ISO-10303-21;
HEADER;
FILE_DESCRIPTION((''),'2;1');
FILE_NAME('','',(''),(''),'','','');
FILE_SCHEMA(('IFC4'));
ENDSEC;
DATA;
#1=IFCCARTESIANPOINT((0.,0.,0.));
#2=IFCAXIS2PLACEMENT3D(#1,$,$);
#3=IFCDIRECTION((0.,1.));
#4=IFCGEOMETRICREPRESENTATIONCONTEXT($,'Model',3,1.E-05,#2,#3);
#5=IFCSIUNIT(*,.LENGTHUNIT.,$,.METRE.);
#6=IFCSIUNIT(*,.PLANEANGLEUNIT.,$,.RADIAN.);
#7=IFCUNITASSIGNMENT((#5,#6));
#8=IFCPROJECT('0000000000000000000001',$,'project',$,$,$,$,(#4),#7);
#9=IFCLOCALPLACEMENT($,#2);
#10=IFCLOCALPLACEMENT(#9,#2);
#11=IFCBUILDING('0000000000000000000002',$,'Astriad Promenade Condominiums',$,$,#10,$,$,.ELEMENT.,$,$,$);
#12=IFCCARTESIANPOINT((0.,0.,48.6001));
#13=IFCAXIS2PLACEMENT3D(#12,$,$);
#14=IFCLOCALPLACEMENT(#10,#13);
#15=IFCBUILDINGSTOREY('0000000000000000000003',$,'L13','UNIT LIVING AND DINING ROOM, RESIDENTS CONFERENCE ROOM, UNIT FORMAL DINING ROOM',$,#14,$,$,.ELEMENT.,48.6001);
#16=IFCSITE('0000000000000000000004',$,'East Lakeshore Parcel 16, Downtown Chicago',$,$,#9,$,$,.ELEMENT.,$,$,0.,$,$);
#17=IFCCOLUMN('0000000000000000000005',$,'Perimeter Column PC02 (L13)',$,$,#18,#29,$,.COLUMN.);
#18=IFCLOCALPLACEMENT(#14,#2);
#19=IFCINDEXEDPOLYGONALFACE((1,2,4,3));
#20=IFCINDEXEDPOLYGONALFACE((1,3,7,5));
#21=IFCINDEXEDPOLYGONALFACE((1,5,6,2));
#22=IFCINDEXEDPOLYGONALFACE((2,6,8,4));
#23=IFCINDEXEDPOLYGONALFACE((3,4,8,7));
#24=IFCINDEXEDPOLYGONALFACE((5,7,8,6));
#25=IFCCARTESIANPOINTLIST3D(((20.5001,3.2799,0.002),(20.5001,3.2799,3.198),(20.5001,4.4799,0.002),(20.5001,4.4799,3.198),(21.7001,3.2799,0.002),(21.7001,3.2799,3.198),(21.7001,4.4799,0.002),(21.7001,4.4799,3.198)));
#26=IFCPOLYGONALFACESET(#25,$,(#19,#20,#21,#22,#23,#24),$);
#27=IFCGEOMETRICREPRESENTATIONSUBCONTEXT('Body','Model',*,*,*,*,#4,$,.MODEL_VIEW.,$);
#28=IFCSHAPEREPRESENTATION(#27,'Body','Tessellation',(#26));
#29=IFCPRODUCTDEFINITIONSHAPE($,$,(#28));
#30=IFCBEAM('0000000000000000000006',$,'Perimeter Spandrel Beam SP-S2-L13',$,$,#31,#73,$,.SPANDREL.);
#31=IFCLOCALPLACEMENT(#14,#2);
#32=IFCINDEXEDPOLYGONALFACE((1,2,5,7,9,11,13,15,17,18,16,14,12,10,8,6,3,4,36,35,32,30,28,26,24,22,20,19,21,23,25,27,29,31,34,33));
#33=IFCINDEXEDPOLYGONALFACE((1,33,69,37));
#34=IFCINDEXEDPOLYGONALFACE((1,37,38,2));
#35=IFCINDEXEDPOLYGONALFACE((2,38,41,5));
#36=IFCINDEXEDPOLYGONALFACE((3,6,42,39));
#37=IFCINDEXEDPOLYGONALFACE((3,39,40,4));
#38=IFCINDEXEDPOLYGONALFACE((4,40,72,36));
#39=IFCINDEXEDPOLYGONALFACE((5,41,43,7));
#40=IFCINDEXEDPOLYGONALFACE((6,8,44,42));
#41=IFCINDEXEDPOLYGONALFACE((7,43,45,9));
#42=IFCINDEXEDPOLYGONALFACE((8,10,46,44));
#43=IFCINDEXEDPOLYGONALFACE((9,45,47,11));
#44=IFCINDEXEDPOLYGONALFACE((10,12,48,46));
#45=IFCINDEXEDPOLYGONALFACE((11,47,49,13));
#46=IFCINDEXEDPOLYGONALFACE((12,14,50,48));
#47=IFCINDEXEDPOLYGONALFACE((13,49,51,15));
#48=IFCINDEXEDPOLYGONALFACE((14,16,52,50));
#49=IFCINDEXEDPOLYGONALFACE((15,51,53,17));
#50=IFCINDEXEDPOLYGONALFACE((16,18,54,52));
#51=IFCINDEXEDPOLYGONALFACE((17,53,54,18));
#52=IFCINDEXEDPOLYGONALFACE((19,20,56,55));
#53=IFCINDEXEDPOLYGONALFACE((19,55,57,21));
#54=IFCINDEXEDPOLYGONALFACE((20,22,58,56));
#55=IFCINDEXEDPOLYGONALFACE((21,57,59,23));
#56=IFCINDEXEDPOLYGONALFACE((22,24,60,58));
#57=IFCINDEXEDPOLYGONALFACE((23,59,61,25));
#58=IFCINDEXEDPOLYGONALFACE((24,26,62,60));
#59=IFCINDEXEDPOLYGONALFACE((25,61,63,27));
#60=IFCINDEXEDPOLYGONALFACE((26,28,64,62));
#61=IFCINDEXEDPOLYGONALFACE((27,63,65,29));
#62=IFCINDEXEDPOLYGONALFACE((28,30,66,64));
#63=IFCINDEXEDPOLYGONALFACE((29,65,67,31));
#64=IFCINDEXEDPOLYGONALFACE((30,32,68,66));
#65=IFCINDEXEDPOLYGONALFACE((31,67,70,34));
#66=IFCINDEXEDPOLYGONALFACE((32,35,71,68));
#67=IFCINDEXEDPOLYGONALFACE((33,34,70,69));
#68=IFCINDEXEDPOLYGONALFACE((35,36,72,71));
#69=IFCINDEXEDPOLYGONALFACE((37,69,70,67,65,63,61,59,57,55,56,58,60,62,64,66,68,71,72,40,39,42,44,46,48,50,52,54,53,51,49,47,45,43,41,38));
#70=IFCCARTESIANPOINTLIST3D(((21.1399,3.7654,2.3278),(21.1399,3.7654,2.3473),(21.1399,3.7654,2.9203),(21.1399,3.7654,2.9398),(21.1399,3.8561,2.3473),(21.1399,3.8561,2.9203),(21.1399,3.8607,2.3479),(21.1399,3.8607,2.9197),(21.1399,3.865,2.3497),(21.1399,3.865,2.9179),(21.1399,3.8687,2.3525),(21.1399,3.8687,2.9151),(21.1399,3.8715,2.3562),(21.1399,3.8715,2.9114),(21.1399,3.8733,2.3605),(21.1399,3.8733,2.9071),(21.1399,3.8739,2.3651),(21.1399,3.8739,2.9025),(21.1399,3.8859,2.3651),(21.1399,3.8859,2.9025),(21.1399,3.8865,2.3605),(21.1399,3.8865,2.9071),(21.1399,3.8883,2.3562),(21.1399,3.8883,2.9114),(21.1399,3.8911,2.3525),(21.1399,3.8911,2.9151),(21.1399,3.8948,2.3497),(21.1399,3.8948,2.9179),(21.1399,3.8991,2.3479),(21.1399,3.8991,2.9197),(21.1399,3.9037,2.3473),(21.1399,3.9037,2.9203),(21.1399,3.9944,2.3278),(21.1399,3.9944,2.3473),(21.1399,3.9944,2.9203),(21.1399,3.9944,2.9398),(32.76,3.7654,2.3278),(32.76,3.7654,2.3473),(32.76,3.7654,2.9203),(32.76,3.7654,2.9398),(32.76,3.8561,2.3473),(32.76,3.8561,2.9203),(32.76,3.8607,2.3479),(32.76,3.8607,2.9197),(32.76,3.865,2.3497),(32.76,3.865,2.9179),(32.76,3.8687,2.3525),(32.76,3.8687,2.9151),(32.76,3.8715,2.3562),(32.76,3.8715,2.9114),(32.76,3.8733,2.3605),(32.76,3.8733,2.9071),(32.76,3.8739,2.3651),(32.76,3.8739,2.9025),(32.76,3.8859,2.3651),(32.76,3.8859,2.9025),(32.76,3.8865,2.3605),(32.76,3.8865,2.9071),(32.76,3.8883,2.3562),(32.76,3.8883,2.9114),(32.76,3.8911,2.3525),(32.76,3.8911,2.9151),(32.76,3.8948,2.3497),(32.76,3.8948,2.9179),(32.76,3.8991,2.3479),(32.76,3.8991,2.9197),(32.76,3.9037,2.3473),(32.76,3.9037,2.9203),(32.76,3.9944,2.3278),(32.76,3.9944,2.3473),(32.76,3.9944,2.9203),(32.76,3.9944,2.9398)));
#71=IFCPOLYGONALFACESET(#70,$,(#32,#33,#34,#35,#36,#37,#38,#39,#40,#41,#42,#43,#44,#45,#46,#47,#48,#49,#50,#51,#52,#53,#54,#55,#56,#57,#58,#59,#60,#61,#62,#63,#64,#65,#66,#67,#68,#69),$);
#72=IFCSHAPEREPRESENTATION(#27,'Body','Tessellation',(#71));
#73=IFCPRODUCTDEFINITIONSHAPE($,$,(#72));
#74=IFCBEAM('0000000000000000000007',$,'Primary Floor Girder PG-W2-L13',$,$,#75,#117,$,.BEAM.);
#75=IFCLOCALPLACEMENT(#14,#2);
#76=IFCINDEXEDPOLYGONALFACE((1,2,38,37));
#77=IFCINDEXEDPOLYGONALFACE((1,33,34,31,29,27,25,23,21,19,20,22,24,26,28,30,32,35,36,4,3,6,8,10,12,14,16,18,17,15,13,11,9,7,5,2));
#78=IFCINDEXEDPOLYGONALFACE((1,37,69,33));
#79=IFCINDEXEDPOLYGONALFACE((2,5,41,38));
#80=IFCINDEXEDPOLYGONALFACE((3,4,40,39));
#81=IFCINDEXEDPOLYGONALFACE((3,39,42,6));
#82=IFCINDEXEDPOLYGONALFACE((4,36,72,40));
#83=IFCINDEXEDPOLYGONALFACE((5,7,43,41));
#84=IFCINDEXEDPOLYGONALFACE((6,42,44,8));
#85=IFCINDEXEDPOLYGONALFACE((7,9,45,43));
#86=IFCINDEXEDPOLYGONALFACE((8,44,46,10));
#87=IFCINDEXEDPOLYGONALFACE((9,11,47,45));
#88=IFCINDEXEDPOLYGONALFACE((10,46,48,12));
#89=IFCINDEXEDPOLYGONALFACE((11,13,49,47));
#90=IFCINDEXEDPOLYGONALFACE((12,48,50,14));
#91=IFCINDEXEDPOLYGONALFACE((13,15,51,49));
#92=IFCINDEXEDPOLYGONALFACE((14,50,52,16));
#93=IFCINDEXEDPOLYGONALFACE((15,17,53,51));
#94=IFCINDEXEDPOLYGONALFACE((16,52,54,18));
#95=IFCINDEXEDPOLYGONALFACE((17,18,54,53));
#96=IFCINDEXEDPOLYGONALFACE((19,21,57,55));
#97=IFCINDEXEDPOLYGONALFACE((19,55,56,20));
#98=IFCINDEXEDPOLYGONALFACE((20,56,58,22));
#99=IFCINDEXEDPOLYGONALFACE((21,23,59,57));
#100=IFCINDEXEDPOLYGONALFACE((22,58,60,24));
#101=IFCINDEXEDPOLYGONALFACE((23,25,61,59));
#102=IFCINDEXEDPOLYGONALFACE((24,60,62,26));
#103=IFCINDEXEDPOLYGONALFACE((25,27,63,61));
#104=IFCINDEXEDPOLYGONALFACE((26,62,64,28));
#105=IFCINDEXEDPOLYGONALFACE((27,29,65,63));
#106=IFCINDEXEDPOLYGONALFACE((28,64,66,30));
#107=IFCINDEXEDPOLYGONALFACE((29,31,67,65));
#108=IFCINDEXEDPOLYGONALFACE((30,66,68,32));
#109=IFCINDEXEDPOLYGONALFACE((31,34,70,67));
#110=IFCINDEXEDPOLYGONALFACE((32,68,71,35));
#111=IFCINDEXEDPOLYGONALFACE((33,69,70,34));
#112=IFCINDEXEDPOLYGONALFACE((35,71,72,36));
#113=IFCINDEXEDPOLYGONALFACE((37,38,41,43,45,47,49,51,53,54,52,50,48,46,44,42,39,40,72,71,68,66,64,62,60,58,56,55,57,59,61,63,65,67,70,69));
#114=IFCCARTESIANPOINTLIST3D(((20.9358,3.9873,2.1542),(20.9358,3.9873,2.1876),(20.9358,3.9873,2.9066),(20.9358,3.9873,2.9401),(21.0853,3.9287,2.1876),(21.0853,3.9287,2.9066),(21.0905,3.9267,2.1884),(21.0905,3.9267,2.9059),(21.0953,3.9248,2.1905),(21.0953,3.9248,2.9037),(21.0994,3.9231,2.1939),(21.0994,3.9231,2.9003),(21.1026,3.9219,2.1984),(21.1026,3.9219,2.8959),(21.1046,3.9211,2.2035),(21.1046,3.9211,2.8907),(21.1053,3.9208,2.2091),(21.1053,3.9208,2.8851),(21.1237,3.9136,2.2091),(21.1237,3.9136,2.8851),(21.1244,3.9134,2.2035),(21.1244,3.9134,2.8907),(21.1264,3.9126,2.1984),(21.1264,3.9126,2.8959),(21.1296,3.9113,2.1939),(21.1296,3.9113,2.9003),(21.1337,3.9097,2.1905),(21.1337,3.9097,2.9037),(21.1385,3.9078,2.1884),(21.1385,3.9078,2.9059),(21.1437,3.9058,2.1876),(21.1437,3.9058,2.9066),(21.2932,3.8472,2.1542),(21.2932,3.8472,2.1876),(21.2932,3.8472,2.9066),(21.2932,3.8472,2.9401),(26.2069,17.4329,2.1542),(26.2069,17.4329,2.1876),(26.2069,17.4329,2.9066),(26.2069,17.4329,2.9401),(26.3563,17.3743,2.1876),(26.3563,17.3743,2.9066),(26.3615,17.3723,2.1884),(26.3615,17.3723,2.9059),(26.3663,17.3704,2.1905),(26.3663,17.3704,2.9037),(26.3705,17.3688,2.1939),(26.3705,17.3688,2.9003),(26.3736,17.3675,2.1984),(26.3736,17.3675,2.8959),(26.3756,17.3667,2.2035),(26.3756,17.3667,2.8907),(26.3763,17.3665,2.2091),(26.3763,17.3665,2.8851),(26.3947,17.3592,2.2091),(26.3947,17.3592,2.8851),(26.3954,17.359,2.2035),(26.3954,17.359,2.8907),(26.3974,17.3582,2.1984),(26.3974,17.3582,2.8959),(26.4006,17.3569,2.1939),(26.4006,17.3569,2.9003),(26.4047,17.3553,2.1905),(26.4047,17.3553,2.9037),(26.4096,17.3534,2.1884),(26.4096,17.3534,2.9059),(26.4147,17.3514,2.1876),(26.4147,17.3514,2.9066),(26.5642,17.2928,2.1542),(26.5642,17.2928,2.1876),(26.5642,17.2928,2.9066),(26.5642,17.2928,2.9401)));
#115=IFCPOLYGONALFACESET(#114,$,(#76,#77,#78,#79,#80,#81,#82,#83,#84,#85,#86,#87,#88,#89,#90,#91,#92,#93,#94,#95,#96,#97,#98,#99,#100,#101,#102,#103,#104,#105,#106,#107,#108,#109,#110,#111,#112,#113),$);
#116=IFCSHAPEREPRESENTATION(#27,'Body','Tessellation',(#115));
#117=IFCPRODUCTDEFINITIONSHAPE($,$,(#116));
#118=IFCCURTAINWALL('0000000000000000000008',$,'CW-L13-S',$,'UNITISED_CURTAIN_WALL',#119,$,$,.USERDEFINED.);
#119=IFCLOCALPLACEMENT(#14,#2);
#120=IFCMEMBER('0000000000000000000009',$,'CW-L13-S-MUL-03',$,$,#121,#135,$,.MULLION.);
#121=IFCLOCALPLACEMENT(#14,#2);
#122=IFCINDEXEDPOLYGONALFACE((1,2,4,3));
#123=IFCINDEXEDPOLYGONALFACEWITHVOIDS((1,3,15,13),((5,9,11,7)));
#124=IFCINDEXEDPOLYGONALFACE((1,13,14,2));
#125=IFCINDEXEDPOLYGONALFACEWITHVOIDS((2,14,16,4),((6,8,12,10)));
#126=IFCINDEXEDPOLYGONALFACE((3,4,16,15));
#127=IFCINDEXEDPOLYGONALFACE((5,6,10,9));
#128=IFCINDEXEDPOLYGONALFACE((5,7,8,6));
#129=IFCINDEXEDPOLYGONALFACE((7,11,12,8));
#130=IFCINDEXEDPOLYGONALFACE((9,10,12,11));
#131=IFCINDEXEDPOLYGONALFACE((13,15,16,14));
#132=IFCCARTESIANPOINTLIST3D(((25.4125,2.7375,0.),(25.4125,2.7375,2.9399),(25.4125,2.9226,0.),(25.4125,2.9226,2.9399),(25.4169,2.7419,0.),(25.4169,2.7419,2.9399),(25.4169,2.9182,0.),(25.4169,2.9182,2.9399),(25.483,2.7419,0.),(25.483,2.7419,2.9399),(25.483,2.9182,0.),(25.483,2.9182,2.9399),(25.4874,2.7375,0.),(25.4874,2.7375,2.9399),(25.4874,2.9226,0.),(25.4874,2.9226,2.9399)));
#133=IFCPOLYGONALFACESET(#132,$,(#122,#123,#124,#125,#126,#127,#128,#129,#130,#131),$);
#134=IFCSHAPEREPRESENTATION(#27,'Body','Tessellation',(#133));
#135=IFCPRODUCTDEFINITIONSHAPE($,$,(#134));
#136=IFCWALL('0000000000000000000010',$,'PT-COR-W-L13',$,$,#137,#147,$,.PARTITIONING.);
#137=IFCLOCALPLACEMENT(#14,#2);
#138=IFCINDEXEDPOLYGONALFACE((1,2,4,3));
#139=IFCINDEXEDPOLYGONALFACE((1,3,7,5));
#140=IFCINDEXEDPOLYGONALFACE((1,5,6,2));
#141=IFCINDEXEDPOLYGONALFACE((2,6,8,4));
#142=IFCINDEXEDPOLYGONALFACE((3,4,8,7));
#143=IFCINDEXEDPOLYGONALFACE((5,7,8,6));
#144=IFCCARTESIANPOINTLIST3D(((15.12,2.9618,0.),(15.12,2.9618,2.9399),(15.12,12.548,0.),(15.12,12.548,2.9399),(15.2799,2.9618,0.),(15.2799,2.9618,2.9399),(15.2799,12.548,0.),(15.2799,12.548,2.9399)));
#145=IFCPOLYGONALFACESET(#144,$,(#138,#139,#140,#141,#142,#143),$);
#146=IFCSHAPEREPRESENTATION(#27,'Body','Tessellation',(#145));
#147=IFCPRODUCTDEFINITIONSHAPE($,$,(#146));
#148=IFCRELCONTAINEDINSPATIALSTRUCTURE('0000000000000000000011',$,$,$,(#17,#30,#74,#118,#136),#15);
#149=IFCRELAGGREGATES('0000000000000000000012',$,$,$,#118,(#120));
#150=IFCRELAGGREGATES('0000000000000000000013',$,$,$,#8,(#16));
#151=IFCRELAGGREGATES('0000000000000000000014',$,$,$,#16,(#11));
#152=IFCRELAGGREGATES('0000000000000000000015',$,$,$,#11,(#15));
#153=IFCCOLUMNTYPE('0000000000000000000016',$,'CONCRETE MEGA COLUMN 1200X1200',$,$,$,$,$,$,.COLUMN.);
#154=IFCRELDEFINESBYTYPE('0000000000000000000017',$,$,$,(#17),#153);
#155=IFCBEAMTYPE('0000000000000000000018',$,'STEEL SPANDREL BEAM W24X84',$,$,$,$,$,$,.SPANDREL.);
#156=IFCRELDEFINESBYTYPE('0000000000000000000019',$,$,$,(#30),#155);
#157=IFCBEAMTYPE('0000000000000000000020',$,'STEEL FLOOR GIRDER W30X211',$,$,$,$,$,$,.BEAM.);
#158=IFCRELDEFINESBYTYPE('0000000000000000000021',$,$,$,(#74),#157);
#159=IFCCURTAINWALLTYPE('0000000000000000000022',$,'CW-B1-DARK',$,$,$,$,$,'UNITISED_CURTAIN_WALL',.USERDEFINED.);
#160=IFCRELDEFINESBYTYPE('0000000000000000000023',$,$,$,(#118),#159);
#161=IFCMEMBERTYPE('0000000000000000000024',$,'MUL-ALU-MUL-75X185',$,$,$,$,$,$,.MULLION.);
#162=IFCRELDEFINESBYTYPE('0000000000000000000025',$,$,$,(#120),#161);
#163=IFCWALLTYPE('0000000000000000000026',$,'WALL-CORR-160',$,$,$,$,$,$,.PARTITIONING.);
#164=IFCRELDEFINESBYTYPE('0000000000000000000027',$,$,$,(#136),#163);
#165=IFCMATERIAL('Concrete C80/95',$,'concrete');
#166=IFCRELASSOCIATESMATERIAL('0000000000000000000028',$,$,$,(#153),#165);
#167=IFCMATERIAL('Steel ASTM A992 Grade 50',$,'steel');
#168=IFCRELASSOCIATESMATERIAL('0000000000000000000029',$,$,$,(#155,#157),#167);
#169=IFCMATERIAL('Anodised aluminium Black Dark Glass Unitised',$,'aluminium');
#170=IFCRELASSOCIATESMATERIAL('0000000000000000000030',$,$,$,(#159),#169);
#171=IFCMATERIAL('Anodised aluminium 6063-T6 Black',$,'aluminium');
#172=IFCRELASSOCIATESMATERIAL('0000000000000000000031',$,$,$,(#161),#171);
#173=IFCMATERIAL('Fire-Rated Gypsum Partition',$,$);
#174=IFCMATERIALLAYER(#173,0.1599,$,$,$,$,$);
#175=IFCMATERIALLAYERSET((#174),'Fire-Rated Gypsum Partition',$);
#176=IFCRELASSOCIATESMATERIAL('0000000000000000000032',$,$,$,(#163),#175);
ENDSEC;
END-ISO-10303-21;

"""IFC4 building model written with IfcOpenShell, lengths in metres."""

from ifc_helpers import new_model, si_unit, direction, frame, frame_2d, origin, origin_2d, place, context, subcontext, project, spatial, rectangle, hollow_rectangle, i_section, extrude, source, transform, mapped, material, layer, layer_set, material_profile, profile_set, type_object, type_shapes, element, aggregate, save


model = new_model("IFC4")

# Units and contexts
model_context = context("Model", 3, precision=1e-05, world=origin(), true_north=direction((0.0, 1.0)))
body_context = subcontext(model_context, "Body", "Model", "MODEL_VIEW")
ifc_project = project(units=[si_unit("LENGTHUNIT", "METRE"), si_unit("PLANEANGLEUNIT", "RADIAN")], contexts=[model_context])

# Site, building, storey
site_placement = place(None, origin())
site = spatial("IfcSite", under=ifc_project, at=site_placement, Name="East Lakeshore Parcel 16, Downtown Chicago", CompositionType="ELEMENT", RefElevation=0.0)
building_placement = place(site_placement, origin())
building = spatial("IfcBuilding", under=site, at=building_placement, Name="Astriad Promenade Condominiums", CompositionType="ELEMENT")
storey_placement = place(building_placement, frame((0.0, 0.0, 48.6001)))
storey = spatial("IfcBuildingStorey", under=building, at=storey_placement, Name="L13", Description="UNIT LIVING AND DINING ROOM, RESIDENTS CONFERENCE ROOM, UNIT FORMAL DINING ROOM", CompositionType="ELEMENT", Elevation=48.6001)

# Column
ifc_material_1 = material(Name="Concrete C80/95", Category="concrete")
ifc_material_profile_1 = material_profile(ifc_material_1, rectangle(XDim=1.2, YDim=1.2, at=origin_2d()), Name="RC-COL-1200X1200")
ifc_profile_set_1 = profile_set([ifc_material_profile_1], Name="Concrete C80/95")
column_type = type_object("IfcColumnType", Name="CONCRETE MEGA COLUMN 1200X1200", PredefinedType="COLUMN", material=ifc_profile_set_1)
shared_shape_1 = source(origin(), body_context, "Body", "SweptSolid", [
    extrude(rectangle(XDim=1.2, YDim=1.2, at=origin_2d()), origin(), (0.0, 0.0, 1.0), 3.196),
])
type_shapes(column_type, [shared_shape_1])
column_placement = place(storey_placement, frame((21.1001, 3.8799, 0.002), z_axis=(0.0, 0.0, 1.0), x_axis=(1.0, 0.0, 0.0)))
element("IfcColumn", 1, at=column_placement, inside=storey, type_object=column_type, Name="Perimeter Column PC02 (L13)", PredefinedType="COLUMN", context=body_context, shape_type="MappedRepresentation", body=[
    mapped(shared_shape_1, transform((0.0, 0.0, 0.0), scale=1.0)),
])

# Beams
ifc_material_2 = material(Name="Steel ASTM A992 Grade 50", Category="steel")
ifc_material_profile_2 = material_profile(ifc_material_2, i_section(OverallWidth=0.229, OverallDepth=0.6121, WebThickness=0.012, FlangeThickness=0.0195, FilletRadius=0.0178, at=origin_2d()), Name="W24X84")
ifc_profile_set_2 = profile_set([ifc_material_profile_2], Name="Steel ASTM A992 Grade 50")
beam_type_1 = type_object("IfcBeamType", Name="STEEL SPANDREL BEAM W24X84", PredefinedType="SPANDREL", material=ifc_profile_set_2)
shared_shape_2 = source(origin(), body_context, "Body", "SweptSolid", [
    extrude(i_section(OverallWidth=0.229, OverallDepth=0.6121, WebThickness=0.012, FlangeThickness=0.0195, FilletRadius=0.0178, at=origin_2d()), origin(), (0.0, 0.0, 1.0), 11.6201),
])
type_shapes(beam_type_1, [shared_shape_2])
beam_1_placement = place(storey_placement, frame((21.1399, 3.8799, 2.6338), z_axis=(1.0, 0.0, 0.0), x_axis=(0.0, 1.0, 0.0)))
element("IfcBeam", 2, at=beam_1_placement, inside=storey, type_object=beam_type_1, Name="Perimeter Spandrel Beam SP-S2-L13", PredefinedType="SPANDREL", context=body_context, shape_type="MappedRepresentation", body=[
    mapped(shared_shape_2, transform((0.0, 0.0, 0.0), scale=1.0)),
])
ifc_material_profile_3 = material_profile(ifc_material_2, i_section(OverallWidth=0.3838, OverallDepth=0.7859, WebThickness=0.0198, FlangeThickness=0.0334, FilletRadius=0.0215, at=origin_2d()), Name="W30X211")
ifc_profile_set_3 = profile_set([ifc_material_profile_3], Name="Steel ASTM A992 Grade 50")
beam_type_2 = type_object("IfcBeamType", Name="STEEL FLOOR GIRDER W30X211", PredefinedType="BEAM", material=ifc_profile_set_3)
shared_shape_3 = source(origin(), body_context, "Body", "SweptSolid", [
    extrude(i_section(OverallWidth=0.3838, OverallDepth=0.7859, WebThickness=0.0198, FlangeThickness=0.0334, FilletRadius=0.0215, at=origin_2d()), origin(), (0.0, 0.0, 1.0), 14.4419),
])
type_shapes(beam_type_2, [shared_shape_3])
beam_2_placement = place(storey_placement, frame((21.1145, 3.9172, 2.5471), z_axis=(0.364981, 0.931015, 0.0), x_axis=(-0.931015, 0.364981, 0.0)))
element("IfcBeam", 3, at=beam_2_placement, inside=storey, type_object=beam_type_2, Name="Primary Floor Girder PG-W2-L13", PredefinedType="BEAM", context=body_context, shape_type="MappedRepresentation", body=[
    mapped(shared_shape_3, transform((0.0, 0.0, 0.0), scale=1.0)),
])

# Curtain wall, member
ifc_material_3 = material(Name="Anodised aluminium Black Dark Glass Unitised", Category="aluminium")
curtain_wall_type = type_object("IfcCurtainWallType", Name="CW-B1-DARK", ElementType="UNITISED_CURTAIN_WALL", PredefinedType="USERDEFINED", material=ifc_material_3)
curtain_wall_placement = place(storey_placement, origin())
curtain_wall = element("IfcCurtainWall", 4, at=curtain_wall_placement, inside=storey, type_object=curtain_wall_type, Name="CW-L13-S", ObjectType="UNITISED_CURTAIN_WALL", PredefinedType="USERDEFINED")
ifc_material_4 = material(Name="Anodised aluminium 6063-T6 Black", Category="aluminium")
ifc_material_profile_4 = material_profile(ifc_material_4, hollow_rectangle(XDim=0.075, YDim=0.1851, WallThickness=0.0044, at=origin_2d()), Name="ALU-MUL-75X185")
ifc_profile_set_4 = profile_set([ifc_material_profile_4], Name="Anodised aluminium 6063-T6 Black")
member_type = type_object("IfcMemberType", Name="MUL-ALU-MUL-75X185", PredefinedType="MULLION", material=ifc_profile_set_4)
shared_shape_4 = source(origin(), body_context, "Body", "SweptSolid", [
    extrude(hollow_rectangle(XDim=0.075, YDim=0.1851, WallThickness=0.0044, at=origin_2d()), origin(), (0.0, 0.0, 1.0), 2.9399),
])
type_shapes(member_type, [shared_shape_4])
member_placement = place(storey_placement, frame((25.45, 2.8301, 0.0), z_axis=(0.0, 0.0, 1.0), x_axis=(1.0, 0.0, 0.0)))
member = element("IfcMember", 5, at=member_placement, type_object=member_type, Name="CW-L13-S-MUL-03", PredefinedType="MULLION", context=body_context, shape_type="MappedRepresentation", body=[
    mapped(shared_shape_4, transform((0.0, 0.0, 0.0), scale=1.0)),
])
aggregate(curtain_wall, [member])

# Wall
ifc_material_5 = material(Name="Fire-Rated Gypsum Partition")
ifc_layer_1 = layer(ifc_material_5, 0.1599)
ifc_layer_set_1 = layer_set([ifc_layer_1], Name="Fire-Rated Gypsum Partition")
wall_type_1 = type_object("IfcWallType", Name="WALL-CORR-160", PredefinedType="PARTITIONING", material=ifc_layer_set_1)
wall_1_placement = place(storey_placement, frame((15.2, 2.9619, 0.0), z_axis=(0.0, 0.0, 1.0), x_axis=(0.0, 1.0, 0.0)))
element("IfcWall", 6, at=wall_1_placement, inside=storey, type_object=wall_type_1, Name="PT-COR-W-L13", PredefinedType="PARTITIONING", context=body_context, shape_type="SweptSolid", body=[
    extrude(rectangle(XDim=9.5862, YDim=0.1599, at=frame_2d((4.793, 0.0))), origin(), (0.0, 0.0, 1.0), 2.9399),
])

save(model, "model.ifc")
